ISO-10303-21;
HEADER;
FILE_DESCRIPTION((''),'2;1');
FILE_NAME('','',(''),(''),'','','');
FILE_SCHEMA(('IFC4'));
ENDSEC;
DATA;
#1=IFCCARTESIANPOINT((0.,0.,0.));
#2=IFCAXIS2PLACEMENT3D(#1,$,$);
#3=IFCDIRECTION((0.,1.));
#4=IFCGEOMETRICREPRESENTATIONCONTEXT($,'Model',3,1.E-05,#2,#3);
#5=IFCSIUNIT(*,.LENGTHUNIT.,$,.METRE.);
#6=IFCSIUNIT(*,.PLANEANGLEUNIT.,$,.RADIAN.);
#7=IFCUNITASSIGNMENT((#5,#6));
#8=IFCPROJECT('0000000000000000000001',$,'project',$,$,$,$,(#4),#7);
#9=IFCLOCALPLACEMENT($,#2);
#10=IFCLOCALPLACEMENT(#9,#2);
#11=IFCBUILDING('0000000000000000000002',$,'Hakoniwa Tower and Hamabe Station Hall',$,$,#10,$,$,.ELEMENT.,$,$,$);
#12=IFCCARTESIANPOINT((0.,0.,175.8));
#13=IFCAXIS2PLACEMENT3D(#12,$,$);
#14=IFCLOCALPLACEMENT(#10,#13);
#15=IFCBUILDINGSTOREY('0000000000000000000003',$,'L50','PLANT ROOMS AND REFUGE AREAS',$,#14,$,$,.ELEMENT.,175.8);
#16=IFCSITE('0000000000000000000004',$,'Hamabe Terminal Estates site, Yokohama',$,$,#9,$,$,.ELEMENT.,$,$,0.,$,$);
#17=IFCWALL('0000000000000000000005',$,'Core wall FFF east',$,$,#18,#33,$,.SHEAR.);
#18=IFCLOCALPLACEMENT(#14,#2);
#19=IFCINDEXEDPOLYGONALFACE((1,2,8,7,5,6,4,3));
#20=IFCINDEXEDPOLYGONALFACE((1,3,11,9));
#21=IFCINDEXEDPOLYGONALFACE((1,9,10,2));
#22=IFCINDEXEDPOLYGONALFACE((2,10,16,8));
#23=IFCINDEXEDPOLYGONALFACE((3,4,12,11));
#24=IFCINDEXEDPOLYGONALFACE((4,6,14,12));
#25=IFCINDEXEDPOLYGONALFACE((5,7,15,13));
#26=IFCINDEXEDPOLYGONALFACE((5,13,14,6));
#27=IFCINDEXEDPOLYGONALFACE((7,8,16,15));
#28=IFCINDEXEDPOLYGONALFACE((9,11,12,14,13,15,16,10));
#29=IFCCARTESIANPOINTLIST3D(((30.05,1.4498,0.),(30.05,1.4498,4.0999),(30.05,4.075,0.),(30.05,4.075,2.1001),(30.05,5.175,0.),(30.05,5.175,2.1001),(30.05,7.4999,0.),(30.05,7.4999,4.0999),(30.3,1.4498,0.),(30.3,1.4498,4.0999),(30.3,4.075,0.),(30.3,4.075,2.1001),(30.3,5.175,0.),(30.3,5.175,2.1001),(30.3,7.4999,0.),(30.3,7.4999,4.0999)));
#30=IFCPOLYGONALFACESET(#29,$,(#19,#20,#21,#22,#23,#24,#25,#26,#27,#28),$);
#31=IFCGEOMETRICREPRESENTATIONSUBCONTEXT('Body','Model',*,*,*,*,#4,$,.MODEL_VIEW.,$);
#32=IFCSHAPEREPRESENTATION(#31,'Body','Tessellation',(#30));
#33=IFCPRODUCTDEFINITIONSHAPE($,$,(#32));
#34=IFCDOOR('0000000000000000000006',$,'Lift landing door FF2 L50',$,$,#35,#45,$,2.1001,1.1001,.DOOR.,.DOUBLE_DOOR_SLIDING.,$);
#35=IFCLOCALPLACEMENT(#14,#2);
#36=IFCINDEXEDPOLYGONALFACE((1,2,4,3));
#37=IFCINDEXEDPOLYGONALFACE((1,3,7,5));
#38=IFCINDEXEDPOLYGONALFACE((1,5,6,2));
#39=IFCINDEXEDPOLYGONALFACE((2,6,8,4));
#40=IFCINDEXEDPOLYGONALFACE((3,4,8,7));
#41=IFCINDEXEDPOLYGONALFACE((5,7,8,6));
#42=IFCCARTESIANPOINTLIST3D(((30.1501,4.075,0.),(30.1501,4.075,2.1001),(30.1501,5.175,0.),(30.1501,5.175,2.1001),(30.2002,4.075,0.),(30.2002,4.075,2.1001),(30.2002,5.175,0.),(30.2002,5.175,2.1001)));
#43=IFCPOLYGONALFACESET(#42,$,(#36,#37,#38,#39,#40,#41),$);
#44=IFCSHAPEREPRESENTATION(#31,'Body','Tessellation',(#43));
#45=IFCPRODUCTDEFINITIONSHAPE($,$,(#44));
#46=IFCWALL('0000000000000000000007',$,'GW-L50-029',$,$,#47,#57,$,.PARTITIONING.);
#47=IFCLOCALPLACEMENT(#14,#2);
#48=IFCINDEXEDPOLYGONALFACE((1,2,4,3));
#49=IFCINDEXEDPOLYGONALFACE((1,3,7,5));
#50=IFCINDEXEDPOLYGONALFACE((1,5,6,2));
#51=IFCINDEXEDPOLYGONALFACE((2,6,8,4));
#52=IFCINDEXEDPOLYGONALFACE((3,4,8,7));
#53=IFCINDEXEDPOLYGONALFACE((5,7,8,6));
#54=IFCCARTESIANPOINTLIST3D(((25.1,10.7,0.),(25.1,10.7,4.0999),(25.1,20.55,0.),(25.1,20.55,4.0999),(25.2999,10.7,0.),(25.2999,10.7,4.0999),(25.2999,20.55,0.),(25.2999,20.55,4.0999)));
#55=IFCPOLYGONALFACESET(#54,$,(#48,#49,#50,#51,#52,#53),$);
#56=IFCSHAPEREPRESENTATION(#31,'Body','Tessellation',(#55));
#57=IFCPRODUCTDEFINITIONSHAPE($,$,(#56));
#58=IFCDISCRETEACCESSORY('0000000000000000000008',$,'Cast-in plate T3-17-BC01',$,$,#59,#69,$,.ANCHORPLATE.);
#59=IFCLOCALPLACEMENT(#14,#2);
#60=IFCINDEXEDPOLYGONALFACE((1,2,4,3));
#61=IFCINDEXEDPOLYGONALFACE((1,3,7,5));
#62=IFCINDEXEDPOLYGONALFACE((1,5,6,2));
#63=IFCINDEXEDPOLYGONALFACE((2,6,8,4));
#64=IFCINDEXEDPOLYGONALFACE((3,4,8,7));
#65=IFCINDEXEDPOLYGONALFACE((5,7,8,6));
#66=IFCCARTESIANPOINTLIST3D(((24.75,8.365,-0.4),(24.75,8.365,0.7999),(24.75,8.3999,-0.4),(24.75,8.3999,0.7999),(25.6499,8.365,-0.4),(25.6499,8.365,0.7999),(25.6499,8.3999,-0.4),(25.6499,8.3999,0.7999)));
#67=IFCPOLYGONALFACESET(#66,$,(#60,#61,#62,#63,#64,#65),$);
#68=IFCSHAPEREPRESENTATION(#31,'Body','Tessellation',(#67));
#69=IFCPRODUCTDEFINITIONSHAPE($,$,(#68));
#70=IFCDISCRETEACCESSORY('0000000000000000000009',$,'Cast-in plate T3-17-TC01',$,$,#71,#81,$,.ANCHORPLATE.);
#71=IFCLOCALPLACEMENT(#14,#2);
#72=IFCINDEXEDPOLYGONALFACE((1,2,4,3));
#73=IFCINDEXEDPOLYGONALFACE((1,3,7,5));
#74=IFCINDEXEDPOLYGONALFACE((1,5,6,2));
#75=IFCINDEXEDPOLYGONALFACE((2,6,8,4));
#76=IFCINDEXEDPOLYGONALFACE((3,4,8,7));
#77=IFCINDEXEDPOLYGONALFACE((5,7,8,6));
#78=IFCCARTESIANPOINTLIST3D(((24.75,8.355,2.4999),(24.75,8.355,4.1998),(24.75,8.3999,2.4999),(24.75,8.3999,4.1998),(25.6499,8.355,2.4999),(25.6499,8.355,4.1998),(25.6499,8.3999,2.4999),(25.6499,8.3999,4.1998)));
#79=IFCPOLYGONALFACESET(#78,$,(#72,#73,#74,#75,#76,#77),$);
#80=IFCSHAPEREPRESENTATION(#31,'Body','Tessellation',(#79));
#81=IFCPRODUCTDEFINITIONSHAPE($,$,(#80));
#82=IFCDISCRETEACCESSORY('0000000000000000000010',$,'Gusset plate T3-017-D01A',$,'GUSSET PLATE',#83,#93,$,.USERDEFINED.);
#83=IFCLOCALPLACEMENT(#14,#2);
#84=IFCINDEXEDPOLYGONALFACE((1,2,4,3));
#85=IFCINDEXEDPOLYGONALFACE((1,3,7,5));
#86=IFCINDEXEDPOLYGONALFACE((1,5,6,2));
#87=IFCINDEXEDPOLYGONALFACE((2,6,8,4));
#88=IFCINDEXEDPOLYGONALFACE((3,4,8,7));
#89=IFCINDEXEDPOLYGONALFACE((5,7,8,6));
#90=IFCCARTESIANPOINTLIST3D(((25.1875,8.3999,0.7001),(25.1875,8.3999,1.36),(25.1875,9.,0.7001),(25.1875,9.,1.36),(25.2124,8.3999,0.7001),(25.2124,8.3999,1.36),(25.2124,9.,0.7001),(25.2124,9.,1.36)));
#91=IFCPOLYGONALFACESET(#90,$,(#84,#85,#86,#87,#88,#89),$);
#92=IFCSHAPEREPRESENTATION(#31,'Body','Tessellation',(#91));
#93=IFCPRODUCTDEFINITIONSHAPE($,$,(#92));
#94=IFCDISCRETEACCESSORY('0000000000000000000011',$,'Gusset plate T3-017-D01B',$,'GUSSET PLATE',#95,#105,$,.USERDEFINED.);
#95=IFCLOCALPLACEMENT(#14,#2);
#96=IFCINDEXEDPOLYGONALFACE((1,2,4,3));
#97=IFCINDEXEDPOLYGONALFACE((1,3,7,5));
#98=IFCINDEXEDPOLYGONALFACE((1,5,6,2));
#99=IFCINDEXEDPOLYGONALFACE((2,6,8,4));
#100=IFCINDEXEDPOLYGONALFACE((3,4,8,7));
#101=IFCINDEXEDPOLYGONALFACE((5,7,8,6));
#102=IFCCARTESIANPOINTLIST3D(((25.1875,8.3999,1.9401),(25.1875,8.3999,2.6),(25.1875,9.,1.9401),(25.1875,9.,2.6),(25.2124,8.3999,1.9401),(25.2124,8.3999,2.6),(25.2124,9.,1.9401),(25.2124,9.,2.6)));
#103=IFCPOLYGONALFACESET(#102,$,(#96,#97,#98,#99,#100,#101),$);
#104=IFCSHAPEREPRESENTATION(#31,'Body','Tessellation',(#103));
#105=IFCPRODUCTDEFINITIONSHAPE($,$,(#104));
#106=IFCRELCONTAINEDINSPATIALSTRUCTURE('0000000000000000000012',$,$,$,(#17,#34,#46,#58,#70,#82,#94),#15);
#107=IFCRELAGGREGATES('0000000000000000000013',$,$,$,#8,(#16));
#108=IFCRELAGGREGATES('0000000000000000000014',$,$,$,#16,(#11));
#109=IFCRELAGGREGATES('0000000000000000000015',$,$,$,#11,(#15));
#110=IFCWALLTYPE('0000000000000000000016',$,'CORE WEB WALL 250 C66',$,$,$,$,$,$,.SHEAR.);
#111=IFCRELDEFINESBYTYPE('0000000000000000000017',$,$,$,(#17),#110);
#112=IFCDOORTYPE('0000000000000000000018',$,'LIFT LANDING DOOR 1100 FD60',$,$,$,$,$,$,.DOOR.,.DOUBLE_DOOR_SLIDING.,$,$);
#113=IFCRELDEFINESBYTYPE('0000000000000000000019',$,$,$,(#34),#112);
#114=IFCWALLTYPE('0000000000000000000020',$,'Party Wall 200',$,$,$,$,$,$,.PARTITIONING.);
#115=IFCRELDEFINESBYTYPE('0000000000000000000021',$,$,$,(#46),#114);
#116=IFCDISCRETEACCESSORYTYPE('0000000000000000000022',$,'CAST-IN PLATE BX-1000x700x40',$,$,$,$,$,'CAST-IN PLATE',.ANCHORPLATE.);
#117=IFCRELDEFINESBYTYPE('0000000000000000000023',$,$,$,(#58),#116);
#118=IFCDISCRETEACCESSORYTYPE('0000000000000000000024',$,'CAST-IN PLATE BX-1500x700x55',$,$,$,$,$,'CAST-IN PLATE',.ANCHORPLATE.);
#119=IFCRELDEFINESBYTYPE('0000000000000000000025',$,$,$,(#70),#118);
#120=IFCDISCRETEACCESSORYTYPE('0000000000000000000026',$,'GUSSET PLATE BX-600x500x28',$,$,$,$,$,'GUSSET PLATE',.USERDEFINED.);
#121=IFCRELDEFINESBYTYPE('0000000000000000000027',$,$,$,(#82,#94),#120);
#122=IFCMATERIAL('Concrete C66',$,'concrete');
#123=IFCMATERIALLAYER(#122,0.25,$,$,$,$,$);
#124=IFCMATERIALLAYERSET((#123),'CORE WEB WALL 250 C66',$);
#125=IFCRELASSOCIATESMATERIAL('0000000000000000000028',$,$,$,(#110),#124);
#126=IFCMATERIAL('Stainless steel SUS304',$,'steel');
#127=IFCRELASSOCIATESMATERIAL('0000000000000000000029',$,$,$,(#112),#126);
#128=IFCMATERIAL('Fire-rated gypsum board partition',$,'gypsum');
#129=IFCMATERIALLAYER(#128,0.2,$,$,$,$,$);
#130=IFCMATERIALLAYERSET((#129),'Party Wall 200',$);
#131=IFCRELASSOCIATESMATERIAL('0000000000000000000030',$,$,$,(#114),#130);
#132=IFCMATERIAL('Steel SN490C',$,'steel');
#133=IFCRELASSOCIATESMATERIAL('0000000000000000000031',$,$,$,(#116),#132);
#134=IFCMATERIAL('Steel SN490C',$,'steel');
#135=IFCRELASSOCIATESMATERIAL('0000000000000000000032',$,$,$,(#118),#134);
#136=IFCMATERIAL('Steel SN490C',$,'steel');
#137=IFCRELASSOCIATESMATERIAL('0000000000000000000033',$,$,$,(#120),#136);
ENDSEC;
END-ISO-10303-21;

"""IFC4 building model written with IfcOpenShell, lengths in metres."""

from ifc_helpers import new_model, si_unit, direction, frame, frame_2d, origin, origin_2d, place, context, subcontext, project, spatial, rectangle, extrude, material, layer, layer_set, material_profile, profile_set, type_object, element, fill, save


model = new_model("IFC4")

# Units and contexts
model_context = context("Model", 3, precision=1e-05, world=origin(), true_north=direction((0.0, 1.0)))
body_context = subcontext(model_context, "Body", "Model", "MODEL_VIEW")
ifc_project = project(units=[si_unit("LENGTHUNIT", "METRE"), si_unit("PLANEANGLEUNIT", "RADIAN")], contexts=[model_context])

# Site, building, storey
site_placement = place(None, origin())
site = spatial("IfcSite", under=ifc_project, at=site_placement, Name="Hamabe Terminal Estates site, Yokohama", CompositionType="ELEMENT", RefElevation=0.0)
building_placement = place(site_placement, origin())
building = spatial("IfcBuilding", under=site, at=building_placement, Name="Hakoniwa Tower and Hamabe Station Hall", CompositionType="ELEMENT")
storey_placement = place(building_placement, frame((0.0, 0.0, 175.8)))
storey = spatial("IfcBuildingStorey", under=building, at=storey_placement, Name="L50", Description="PLANT ROOMS AND REFUGE AREAS", CompositionType="ELEMENT", Elevation=175.8)

# Shared definitions
ifc_material_1 = material(Name="Concrete C66", Category="concrete")
ifc_layer_1 = layer(ifc_material_1, 0.25)
ifc_layer_set_1 = layer_set([ifc_layer_1], Name="CORE WEB WALL 250 C66")
wall_type_1 = type_object("IfcWallType", Name="CORE WEB WALL 250 C66", PredefinedType="SHEAR", material=ifc_layer_set_1)

# Wall, opening, door
wall_1_placement = place(storey_placement, frame((30.175, 1.45, 0.0), z_axis=(0.0, 0.0, 1.0), x_axis=(0.0, 1.0, 0.0)))
wall_1 = element("IfcWall", 1, at=wall_1_placement, inside=storey, type_object=wall_type_1, Name="Core wall FFF east", PredefinedType="SHEAR", context=body_context, shape_type="SweptSolid", body=[
    extrude(rectangle(XDim=6.05, YDim=0.25, at=frame_2d((3.0249, 0.0))), origin(), (0.0, 0.0, 1.0), 4.0999),
])
opening_1_placement = place(wall_1_placement, frame((2.625, 0.0, 0.0)))
opening_1 = element("IfcOpeningElement", 2, at=opening_1_placement, cuts=wall_1, PredefinedType="OPENING", context=body_context, shape_type="SweptSolid", body=[
    extrude(rectangle(XDim=1.1001, YDim=2.1001, at=frame_2d((0.55, 1.05))), frame((0.0, 0.135, 0.0), z_axis=(0.0, -1.0, 0.0), x_axis=(1.0, 0.0, 0.0)), (0.0, 0.0, 1.0), 0.27),
])
ifc_material_2 = material(Name="Stainless steel SUS304", Category="steel")
door_type_1 = type_object("IfcDoorType", Name="LIFT LANDING DOOR 1100 FD60", OperationType="DOUBLE_DOOR_SLIDING", PredefinedType="DOOR", material=ifc_material_2)
door_1_placement = place(opening_1_placement, origin())
door_1 = element("IfcDoor", 3, at=door_1_placement, inside=storey, type_object=door_type_1, Name="Lift landing door FF2 L50", OperationType="DOUBLE_DOOR_SLIDING", OverallHeight=2.1001, OverallWidth=1.1001, PredefinedType="DOOR", context=body_context, shape_type="SweptSolid", body=[
    extrude(rectangle(XDim=1.1001, YDim=2.1001, at=frame_2d((0.55, 1.05))), frame((0.0, 0.0249, 0.0), z_axis=(0.0, -1.0, 0.0), x_axis=(1.0, 0.0, 0.0)), (0.0, 0.0, 1.0), 0.05),
])
fill(opening_1, door_1)

# Wall
ifc_material_3 = material(Name="Fire-rated gypsum board partition", Category="gypsum")
ifc_layer_2 = layer(ifc_material_3, 0.2)
ifc_layer_set_2 = layer_set([ifc_layer_2], Name="Party Wall 200")
wall_type_2 = type_object("IfcWallType", Name="Party Wall 200", PredefinedType="PARTITIONING", material=ifc_layer_set_2)
wall_2_placement = place(storey_placement, frame((25.2, 10.7, 0.0), z_axis=(0.0, 0.0, 1.0), x_axis=(0.0, 1.0, 0.0)))
element("IfcWall", 4, at=wall_2_placement, inside=storey, type_object=wall_type_2, Name="GW-L50-029", PredefinedType="PARTITIONING", context=body_context, shape_type="SweptSolid", body=[
    extrude(rectangle(XDim=9.8501, YDim=0.2, at=frame_2d((4.925, 0.0))), origin(), (0.0, 0.0, 1.0), 4.0999),
])

# Discrete accessories
ifc_material_4 = material(Name="Steel SN490C", Category="steel")
ifc_material_profile_1 = material_profile(ifc_material_4, rectangle(XDim=0.8999, YDim=1.2, at=origin_2d()), Name="CAST-IN PLATE BX-1000x700x40")
ifc_profile_set_1 = profile_set([ifc_material_profile_1], Name="Steel SN490C")
discrete_accessory_type_1 = type_object("IfcDiscreteAccessoryType", Name="CAST-IN PLATE BX-1000x700x40", ElementType="CAST-IN PLATE", PredefinedType="ANCHORPLATE", material=ifc_profile_set_1)
discrete_accessory_1_placement = place(storey_placement, frame((25.2, 8.365, 0.2), z_axis=(0.0, 1.0, 0.0), x_axis=(-1.0, 0.0, 0.0)))
element("IfcDiscreteAccessory", 5, at=discrete_accessory_1_placement, inside=storey, type_object=discrete_accessory_type_1, Name="Cast-in plate T3-17-BC01", PredefinedType="ANCHORPLATE", context=body_context, shape_type="SweptSolid", body=[
    extrude(rectangle(XDim=0.8999, YDim=1.2, at=origin_2d()), origin(), (0.0, 0.0, 1.0), 0.0349),
])
ifc_material_5 = material(Name="Steel SN490C", Category="steel")
ifc_material_profile_2 = material_profile(ifc_material_5, rectangle(XDim=0.8999, YDim=1.7, at=origin_2d()), Name="CAST-IN PLATE BX-1500x700x55")
ifc_profile_set_2 = profile_set([ifc_material_profile_2], Name="Steel SN490C")
discrete_accessory_type_2 = type_object("IfcDiscreteAccessoryType", Name="CAST-IN PLATE BX-1500x700x55", ElementType="CAST-IN PLATE", PredefinedType="ANCHORPLATE", material=ifc_profile_set_2)
discrete_accessory_2_placement = place(storey_placement, frame((25.2, 8.355, 3.3499), z_axis=(0.0, 1.0, 0.0), x_axis=(-1.0, 0.0, 0.0)))
element("IfcDiscreteAccessory", 6, at=discrete_accessory_2_placement, inside=storey, type_object=discrete_accessory_type_2, Name="Cast-in plate T3-17-TC01", PredefinedType="ANCHORPLATE", context=body_context, shape_type="SweptSolid", body=[
    extrude(rectangle(XDim=0.8999, YDim=1.7, at=origin_2d()), origin(), (0.0, 0.0, 1.0), 0.0449),
])
ifc_material_6 = material(Name="Steel SN490C", Category="steel")
ifc_material_profile_3 = material_profile(ifc_material_6, rectangle(XDim=0.6001, YDim=0.6599, at=origin_2d()), Name="GUSSET PLATE BX-600x500x28")
ifc_profile_set_3 = profile_set([ifc_material_profile_3], Name="Steel SN490C")
discrete_accessory_type_3 = type_object("IfcDiscreteAccessoryType", Name="GUSSET PLATE BX-600x500x28", ElementType="GUSSET PLATE", PredefinedType="USERDEFINED", material=ifc_profile_set_3)
for number, where, z_axis, x_axis, name in (
    (7, (25.2124, 8.7, 1.03), (-1.0, 0.0, 0.0), (0.0, -1.0, 0.0), "Gusset plate T3-017-D01A"),
    (8, (25.2124, 8.7, 2.27), (-1.0, 0.0, 0.0), (0.0, -1.0, 0.0), "Gusset plate T3-017-D01B"),
):
    element("IfcDiscreteAccessory", number, at=place(storey_placement, frame(where, z_axis=z_axis, x_axis=x_axis)), inside=storey, type_object=discrete_accessory_type_3, Name=name, ObjectType="GUSSET PLATE", PredefinedType="USERDEFINED", context=body_context, shape_type="SweptSolid", body=[
        extrude(rectangle(XDim=0.6001, YDim=0.6599, at=origin_2d()), origin(), (0.0, 0.0, 1.0), 0.0249),
    ])

save(model, "model.ifc")
